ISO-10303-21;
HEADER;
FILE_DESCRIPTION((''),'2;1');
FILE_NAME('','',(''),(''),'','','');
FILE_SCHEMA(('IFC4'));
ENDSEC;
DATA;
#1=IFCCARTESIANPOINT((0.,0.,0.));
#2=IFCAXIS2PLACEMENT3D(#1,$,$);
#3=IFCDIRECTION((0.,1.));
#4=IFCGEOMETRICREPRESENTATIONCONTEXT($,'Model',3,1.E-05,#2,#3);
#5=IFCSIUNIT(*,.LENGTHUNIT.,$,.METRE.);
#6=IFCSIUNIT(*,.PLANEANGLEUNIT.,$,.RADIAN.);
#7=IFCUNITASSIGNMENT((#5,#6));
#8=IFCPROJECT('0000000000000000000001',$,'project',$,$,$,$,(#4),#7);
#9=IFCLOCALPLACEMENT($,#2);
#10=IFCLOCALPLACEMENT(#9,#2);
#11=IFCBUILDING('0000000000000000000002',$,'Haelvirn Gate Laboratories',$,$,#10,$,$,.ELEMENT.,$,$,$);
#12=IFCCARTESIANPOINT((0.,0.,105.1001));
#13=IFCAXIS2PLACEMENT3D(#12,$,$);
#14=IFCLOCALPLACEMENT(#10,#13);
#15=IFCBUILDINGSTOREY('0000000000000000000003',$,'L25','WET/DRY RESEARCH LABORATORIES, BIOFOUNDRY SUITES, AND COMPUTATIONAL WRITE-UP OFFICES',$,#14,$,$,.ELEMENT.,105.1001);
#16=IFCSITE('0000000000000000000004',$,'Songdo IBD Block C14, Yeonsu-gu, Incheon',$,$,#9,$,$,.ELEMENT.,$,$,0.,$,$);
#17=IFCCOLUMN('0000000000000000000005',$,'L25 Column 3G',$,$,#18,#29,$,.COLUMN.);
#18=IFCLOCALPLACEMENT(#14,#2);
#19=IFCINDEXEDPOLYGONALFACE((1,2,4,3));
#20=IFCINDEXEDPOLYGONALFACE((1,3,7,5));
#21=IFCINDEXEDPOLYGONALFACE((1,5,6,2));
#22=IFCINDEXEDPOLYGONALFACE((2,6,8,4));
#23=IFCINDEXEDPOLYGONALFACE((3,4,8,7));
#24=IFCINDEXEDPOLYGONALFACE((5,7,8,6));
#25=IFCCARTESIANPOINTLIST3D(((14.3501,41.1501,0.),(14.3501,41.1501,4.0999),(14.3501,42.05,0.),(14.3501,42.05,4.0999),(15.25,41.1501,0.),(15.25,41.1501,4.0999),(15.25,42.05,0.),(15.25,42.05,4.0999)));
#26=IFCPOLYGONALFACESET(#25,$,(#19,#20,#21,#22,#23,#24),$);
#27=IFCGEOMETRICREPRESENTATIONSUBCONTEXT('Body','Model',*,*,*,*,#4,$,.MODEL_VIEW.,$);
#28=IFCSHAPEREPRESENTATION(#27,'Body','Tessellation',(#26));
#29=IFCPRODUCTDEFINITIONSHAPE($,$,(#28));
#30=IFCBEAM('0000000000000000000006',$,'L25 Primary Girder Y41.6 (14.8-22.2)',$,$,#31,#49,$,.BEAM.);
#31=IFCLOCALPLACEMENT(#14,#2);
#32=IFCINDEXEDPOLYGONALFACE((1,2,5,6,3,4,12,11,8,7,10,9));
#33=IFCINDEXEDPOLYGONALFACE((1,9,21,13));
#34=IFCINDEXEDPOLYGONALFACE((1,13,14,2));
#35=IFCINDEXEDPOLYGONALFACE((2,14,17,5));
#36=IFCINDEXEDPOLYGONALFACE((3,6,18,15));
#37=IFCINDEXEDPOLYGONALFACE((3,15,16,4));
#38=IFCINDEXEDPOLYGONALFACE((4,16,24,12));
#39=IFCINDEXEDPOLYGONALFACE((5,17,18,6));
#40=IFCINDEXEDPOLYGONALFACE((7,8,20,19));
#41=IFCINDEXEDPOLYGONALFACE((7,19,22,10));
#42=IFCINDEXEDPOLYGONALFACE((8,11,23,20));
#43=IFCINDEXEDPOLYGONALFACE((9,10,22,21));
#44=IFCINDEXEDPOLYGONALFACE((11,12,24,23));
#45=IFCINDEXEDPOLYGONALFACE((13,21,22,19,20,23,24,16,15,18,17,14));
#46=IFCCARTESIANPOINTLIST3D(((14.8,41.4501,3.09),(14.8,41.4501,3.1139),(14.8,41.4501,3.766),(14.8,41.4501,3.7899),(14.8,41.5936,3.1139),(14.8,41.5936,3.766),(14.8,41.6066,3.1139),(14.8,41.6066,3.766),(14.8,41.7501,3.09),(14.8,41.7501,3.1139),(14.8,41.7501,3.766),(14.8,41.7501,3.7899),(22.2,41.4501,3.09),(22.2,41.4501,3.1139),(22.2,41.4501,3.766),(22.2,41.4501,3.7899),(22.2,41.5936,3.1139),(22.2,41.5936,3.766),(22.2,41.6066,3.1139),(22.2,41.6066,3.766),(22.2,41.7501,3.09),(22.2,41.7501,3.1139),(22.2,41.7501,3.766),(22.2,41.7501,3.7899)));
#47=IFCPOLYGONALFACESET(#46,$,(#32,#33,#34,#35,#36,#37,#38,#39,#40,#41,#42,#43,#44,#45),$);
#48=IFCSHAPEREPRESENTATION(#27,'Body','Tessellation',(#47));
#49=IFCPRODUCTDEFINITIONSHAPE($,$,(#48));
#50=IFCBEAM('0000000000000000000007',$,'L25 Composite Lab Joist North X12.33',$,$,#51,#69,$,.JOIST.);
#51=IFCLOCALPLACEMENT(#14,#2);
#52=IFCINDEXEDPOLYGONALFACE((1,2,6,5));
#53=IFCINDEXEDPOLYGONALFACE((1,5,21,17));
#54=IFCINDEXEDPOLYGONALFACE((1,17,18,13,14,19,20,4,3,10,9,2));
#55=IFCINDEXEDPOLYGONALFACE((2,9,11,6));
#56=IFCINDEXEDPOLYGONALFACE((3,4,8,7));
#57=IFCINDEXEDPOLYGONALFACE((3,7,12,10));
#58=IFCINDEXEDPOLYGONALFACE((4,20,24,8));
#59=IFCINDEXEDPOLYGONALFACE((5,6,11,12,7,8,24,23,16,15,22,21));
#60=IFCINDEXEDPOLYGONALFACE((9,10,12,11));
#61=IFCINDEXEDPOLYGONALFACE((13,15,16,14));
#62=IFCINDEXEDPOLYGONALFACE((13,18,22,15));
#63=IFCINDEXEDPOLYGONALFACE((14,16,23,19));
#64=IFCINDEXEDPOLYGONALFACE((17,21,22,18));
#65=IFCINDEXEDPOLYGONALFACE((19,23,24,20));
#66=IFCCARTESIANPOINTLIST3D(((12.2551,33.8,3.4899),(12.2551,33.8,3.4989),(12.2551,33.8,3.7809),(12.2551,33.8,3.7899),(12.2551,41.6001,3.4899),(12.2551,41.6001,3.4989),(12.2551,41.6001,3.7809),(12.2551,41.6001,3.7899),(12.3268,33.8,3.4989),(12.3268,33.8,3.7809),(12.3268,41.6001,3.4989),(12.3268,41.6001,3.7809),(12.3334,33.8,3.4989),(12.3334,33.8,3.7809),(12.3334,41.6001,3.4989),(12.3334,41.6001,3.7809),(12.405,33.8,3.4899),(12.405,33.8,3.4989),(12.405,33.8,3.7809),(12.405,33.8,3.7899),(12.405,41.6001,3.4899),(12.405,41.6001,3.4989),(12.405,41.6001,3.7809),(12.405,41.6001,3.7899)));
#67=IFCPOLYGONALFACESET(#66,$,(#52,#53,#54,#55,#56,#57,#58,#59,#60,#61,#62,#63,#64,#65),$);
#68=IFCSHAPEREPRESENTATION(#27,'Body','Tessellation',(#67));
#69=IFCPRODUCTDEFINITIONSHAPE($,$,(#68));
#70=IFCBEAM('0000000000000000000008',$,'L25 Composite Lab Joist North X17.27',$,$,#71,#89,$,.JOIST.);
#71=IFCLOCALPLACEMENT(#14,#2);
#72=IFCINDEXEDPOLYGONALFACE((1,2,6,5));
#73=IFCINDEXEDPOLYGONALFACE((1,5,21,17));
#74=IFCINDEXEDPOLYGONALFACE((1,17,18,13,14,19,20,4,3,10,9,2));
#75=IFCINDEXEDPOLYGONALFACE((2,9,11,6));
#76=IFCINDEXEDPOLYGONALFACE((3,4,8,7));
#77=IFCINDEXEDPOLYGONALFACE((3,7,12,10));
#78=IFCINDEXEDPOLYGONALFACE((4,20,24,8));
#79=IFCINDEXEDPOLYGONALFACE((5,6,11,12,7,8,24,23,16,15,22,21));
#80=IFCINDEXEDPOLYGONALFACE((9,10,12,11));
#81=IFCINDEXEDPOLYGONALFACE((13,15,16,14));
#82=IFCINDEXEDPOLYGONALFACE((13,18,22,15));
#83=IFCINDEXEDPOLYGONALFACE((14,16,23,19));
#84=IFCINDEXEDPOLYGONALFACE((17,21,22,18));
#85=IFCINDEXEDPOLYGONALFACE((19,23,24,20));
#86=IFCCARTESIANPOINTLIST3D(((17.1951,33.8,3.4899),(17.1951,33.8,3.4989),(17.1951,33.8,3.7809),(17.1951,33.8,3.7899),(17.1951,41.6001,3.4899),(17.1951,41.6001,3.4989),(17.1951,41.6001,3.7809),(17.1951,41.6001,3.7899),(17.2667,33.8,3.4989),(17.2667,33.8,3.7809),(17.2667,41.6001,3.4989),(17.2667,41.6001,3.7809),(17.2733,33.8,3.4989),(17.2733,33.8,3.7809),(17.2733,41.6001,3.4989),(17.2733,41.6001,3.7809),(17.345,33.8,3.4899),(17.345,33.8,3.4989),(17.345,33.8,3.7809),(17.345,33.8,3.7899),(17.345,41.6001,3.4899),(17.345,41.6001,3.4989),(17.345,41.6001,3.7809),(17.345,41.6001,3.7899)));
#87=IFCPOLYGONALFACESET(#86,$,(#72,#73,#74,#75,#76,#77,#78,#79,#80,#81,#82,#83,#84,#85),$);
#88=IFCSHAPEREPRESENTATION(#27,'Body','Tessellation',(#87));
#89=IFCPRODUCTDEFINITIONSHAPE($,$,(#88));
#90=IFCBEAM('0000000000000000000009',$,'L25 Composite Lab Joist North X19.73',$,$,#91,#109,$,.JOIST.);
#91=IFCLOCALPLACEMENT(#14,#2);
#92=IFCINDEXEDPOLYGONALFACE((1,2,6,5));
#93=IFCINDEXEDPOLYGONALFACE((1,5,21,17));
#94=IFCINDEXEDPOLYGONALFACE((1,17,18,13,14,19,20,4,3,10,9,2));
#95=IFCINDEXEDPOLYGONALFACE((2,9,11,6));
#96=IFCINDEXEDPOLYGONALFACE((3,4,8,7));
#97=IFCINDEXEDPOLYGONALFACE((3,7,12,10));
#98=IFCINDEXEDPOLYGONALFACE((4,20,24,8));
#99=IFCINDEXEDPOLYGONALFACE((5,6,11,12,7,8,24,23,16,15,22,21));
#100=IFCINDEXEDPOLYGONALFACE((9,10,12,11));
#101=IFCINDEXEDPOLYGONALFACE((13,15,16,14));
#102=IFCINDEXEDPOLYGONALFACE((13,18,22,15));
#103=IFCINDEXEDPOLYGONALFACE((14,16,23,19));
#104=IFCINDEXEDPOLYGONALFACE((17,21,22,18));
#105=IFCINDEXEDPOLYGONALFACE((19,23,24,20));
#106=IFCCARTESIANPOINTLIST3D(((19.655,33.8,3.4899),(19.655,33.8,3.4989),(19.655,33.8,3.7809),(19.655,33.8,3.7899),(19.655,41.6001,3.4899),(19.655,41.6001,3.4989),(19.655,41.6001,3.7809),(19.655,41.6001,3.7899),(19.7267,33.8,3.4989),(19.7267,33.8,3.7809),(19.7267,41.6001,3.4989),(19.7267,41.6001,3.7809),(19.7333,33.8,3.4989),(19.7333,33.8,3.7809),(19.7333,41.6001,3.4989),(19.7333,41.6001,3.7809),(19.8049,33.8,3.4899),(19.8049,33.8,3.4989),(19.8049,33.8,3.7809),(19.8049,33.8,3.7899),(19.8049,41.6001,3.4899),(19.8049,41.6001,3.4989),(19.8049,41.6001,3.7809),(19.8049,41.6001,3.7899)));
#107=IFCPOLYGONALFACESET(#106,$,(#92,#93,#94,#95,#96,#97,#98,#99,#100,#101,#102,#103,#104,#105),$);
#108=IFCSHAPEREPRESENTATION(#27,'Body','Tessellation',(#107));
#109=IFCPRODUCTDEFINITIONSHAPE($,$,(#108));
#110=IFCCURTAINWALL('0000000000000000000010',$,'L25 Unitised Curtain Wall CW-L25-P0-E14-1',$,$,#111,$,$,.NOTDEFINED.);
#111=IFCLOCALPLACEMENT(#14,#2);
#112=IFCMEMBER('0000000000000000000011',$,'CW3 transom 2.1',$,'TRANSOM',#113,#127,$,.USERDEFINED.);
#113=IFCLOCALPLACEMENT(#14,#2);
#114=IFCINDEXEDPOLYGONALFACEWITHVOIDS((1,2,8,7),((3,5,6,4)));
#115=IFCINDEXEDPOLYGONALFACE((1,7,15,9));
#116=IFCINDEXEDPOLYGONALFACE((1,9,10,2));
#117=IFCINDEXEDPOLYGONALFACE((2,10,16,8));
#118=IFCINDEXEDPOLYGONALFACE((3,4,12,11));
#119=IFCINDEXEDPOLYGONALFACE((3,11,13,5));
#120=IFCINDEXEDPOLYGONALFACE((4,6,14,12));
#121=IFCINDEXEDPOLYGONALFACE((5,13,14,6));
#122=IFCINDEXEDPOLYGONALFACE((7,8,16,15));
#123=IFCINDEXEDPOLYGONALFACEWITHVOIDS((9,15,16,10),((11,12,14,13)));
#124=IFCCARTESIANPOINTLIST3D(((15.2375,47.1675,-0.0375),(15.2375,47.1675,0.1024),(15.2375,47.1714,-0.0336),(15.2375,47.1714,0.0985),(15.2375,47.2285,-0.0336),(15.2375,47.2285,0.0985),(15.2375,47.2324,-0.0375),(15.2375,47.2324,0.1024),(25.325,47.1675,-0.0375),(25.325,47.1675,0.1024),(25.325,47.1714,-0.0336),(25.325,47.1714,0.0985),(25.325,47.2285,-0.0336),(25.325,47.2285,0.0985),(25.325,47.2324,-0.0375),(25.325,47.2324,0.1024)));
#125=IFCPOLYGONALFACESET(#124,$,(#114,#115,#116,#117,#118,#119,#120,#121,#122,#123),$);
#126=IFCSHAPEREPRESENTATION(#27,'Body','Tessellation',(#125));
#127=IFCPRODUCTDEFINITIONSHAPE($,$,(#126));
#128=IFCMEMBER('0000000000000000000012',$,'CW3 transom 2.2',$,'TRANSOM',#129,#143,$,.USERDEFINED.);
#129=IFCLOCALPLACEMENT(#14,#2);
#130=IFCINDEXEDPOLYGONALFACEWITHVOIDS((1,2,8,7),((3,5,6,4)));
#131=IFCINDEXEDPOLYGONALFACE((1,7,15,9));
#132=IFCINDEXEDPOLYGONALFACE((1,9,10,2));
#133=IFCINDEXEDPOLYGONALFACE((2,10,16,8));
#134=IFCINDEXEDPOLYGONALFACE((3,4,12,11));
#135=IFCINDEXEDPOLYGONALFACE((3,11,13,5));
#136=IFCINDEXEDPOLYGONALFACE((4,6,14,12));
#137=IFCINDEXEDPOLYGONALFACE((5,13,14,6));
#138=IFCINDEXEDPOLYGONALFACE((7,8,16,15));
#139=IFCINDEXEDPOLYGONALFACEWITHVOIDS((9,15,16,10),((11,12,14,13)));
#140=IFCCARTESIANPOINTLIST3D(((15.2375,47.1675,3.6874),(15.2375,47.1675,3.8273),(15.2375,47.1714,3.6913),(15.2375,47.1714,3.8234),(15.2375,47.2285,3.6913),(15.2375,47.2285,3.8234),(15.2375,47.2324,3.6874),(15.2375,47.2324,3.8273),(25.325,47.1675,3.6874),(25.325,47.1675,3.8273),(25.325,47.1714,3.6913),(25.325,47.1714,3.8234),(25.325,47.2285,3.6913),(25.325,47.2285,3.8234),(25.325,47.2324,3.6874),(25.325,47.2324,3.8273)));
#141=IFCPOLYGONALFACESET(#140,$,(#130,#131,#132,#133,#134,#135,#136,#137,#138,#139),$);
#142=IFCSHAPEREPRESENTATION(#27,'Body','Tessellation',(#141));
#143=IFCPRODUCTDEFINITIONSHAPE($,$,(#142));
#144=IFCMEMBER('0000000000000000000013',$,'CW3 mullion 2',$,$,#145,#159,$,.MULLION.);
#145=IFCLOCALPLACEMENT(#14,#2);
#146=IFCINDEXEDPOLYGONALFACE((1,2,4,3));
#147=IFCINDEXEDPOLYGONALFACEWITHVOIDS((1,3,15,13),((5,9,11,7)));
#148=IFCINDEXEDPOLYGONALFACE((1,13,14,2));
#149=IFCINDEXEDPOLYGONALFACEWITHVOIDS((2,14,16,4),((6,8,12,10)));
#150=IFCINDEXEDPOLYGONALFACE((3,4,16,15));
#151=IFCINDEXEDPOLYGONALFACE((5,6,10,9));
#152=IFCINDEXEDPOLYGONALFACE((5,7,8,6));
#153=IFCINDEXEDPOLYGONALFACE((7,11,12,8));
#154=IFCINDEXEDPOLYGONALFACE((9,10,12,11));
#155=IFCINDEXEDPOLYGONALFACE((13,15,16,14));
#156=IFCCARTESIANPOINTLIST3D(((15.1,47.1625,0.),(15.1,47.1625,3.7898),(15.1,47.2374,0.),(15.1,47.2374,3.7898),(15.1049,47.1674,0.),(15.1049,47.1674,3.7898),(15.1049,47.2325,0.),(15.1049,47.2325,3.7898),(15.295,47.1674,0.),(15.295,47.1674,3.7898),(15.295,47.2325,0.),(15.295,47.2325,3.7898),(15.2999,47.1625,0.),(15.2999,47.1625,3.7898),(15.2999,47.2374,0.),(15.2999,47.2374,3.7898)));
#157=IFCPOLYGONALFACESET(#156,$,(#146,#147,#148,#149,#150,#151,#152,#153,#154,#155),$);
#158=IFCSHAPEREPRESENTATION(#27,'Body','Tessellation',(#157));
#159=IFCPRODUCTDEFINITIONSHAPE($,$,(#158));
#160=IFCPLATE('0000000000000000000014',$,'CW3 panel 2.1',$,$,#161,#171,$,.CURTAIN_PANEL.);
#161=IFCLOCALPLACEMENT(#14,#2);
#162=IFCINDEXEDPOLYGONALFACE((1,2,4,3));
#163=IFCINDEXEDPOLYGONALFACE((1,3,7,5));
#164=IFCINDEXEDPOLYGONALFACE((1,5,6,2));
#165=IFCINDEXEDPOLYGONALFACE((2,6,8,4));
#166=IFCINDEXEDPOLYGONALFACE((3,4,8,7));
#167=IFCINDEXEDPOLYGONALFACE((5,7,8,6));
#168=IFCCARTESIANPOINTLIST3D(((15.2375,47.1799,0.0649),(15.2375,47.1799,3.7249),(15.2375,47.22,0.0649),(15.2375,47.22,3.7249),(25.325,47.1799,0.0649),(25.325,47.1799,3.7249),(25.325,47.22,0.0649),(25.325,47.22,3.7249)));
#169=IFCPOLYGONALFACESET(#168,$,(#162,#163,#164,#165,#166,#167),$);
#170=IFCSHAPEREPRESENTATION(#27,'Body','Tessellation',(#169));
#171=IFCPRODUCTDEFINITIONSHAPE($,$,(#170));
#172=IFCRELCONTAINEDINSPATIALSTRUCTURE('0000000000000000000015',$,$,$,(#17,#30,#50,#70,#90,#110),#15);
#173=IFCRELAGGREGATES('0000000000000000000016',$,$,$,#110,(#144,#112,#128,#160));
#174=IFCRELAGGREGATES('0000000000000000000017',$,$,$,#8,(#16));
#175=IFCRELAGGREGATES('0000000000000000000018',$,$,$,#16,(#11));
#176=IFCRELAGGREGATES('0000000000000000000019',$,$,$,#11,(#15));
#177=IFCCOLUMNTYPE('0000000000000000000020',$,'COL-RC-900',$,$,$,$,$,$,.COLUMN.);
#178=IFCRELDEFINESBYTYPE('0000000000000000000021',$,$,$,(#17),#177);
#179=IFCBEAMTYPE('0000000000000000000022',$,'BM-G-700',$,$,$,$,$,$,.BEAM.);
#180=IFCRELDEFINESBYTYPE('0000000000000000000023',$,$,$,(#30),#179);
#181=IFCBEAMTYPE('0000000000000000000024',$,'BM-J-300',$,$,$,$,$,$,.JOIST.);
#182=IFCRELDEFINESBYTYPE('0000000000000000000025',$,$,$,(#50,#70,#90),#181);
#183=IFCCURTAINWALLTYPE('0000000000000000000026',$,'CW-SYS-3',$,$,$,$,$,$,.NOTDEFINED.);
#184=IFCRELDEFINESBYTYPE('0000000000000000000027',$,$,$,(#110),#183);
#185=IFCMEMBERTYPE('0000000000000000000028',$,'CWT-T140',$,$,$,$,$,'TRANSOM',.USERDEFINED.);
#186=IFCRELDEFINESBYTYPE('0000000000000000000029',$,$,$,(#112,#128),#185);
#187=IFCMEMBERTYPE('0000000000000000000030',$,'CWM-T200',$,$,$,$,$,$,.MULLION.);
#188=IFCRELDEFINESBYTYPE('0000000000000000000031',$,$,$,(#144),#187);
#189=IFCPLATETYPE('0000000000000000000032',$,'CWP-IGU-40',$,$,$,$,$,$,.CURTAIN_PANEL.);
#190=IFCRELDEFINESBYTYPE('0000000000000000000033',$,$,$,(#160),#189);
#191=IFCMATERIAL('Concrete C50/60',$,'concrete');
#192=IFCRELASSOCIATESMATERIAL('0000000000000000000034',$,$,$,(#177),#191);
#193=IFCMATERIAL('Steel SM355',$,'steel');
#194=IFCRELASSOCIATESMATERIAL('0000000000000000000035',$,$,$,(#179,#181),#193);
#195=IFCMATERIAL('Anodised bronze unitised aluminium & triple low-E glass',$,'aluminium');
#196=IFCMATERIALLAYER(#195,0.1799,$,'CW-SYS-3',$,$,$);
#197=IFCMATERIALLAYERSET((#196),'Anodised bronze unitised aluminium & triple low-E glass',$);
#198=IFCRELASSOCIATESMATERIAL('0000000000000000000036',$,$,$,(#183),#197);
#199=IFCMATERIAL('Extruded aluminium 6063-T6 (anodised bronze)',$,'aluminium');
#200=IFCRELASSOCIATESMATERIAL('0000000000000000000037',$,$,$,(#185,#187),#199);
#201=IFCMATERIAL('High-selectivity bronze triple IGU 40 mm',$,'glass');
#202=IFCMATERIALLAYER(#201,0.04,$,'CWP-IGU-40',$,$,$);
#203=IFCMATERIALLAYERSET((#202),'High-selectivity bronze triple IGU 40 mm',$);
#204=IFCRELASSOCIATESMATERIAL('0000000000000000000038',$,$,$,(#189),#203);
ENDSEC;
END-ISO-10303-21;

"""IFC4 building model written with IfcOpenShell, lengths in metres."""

from ifc_helpers import new_model, si_unit, direction, frame, origin, origin_2d, place, context, subcontext, project, spatial, rectangle, hollow_rectangle, i_section, extrude, source, transform, mapped, material, layer, layer_set, material_profile, profile_set, type_object, type_shapes, element, aggregate, save


model = new_model("IFC4")

# Units and contexts
model_context = context("Model", 3, precision=1e-05, world=origin(), true_north=direction((0.0, 1.0)))
body_context = subcontext(model_context, "Body", "Model", "MODEL_VIEW")
ifc_project = project(units=[si_unit("LENGTHUNIT", "METRE"), si_unit("PLANEANGLEUNIT", "RADIAN")], contexts=[model_context])

# Site, building, storey
site_placement = place(None, origin())
site = spatial("IfcSite", under=ifc_project, at=site_placement, Name="Songdo IBD Block C14, Yeonsu-gu, Incheon", CompositionType="ELEMENT", RefElevation=0.0)
building_placement = place(site_placement, origin())
building = spatial("IfcBuilding", under=site, at=building_placement, Name="Haelvirn Gate Laboratories", CompositionType="ELEMENT")
storey_placement = place(building_placement, frame((0.0, 0.0, 105.1001)))
storey = spatial("IfcBuildingStorey", under=building, at=storey_placement, Name="L25", Description="WET/DRY RESEARCH LABORATORIES, BIOFOUNDRY SUITES, AND COMPUTATIONAL WRITE-UP OFFICES", CompositionType="ELEMENT", Elevation=105.1001)

# Column
ifc_material_1 = material(Name="Concrete C50/60", Category="concrete")
ifc_material_profile_1 = material_profile(ifc_material_1, rectangle(XDim=0.8999, YDim=0.8999, at=origin_2d()), Name="RC-900x900")
ifc_profile_set_1 = profile_set([ifc_material_profile_1], Name="Concrete C50/60")
column_type = type_object("IfcColumnType", Name="COL-RC-900", PredefinedType="COLUMN", material=ifc_profile_set_1)
shared_shape_1 = source(origin(), body_context, "Body", "SweptSolid", [
    extrude(rectangle(XDim=0.8999, YDim=0.8999, at=origin_2d()), origin(), (0.0, 0.0, 1.0), 4.0999),
])
type_shapes(column_type, [shared_shape_1])
column_placement = place(storey_placement, frame((14.8, 41.6001, 0.0), z_axis=(0.0, 0.0, 1.0), x_axis=(1.0, 0.0, 0.0)))
element("IfcColumn", 1, at=column_placement, inside=storey, type_object=column_type, Name="L25 Column 3G", PredefinedType="COLUMN", context=body_context, shape_type="MappedRepresentation", body=[
    mapped(shared_shape_1, transform((0.0, 0.0, 0.0), scale=1.0)),
])

# Beams
ifc_material_2 = material(Name="Steel SM355", Category="steel")
ifc_material_profile_2 = material_profile(ifc_material_2, i_section(OverallWidth=0.3, OverallDepth=0.7, WebThickness=0.0129, FlangeThickness=0.0239, at=origin_2d()), Name="H-700x300x13x24")
ifc_profile_set_2 = profile_set([ifc_material_profile_2], Name="Steel SM355")
beam_type_1 = type_object("IfcBeamType", Name="BM-G-700", PredefinedType="BEAM", material=ifc_profile_set_2)
shared_shape_2 = source(origin(), body_context, "Body", "SweptSolid", [
    extrude(i_section(OverallWidth=0.3, OverallDepth=0.7, WebThickness=0.0129, FlangeThickness=0.0239, at=origin_2d()), origin(), (0.0, 0.0, 1.0), 7.3999),
])
type_shapes(beam_type_1, [shared_shape_2])
beam_placement = place(storey_placement, frame((14.8, 41.6001, 3.4399), z_axis=(1.0, 0.0, 0.0), x_axis=(0.0, 1.0, 0.0)))
element("IfcBeam", 2, at=beam_placement, inside=storey, type_object=beam_type_1, Name="L25 Primary Girder Y41.6 (14.8-22.2)", PredefinedType="BEAM", context=body_context, shape_type="MappedRepresentation", body=[
    mapped(shared_shape_2, transform((0.0, 0.0, 0.0), scale=1.0)),
])
ifc_material_profile_3 = material_profile(ifc_material_2, i_section(OverallWidth=0.1499, OverallDepth=0.3, WebThickness=0.0066, FlangeThickness=0.009, at=origin_2d()), Name="H-300x150x6.5x9")
ifc_profile_set_3 = profile_set([ifc_material_profile_3], Name="Steel SM355")
beam_type_2 = type_object("IfcBeamType", Name="BM-J-300", PredefinedType="JOIST", material=ifc_profile_set_3)
shared_shape_3 = source(origin(), body_context, "Body", "SweptSolid", [
    extrude(i_section(OverallWidth=0.1499, OverallDepth=0.3, WebThickness=0.0066, FlangeThickness=0.009, at=origin_2d()), origin(), (0.0, 0.0, 1.0), 7.8),
])
type_shapes(beam_type_2, [shared_shape_3])
for number, where, z_axis, x_axis, name in (
    (3, (12.3301, 33.8, 3.6399), (0.0, 1.0, 0.0), (-1.0, 0.0, 0.0), "L25 Composite Lab Joist North X12.33"),
    (4, (17.27, 33.8, 3.6399), (0.0, 1.0, 0.0), (-1.0, 0.0, 0.0), "L25 Composite Lab Joist North X17.27"),
    (5, (19.73, 33.8, 3.6399), (0.0, 1.0, 0.0), (-1.0, 0.0, 0.0), "L25 Composite Lab Joist North X19.73"),
):
    element("IfcBeam", number, at=place(storey_placement, frame(where, z_axis=z_axis, x_axis=x_axis)), inside=storey, type_object=beam_type_2, Name=name, PredefinedType="JOIST", context=body_context, shape_type="MappedRepresentation", body=[
        mapped(shared_shape_3, transform((0.0, 0.0, 0.0), scale=1.0)),
    ])

# Curtain wall, members, plate
ifc_material_3 = material(Name="Anodised bronze unitised aluminium & triple low-E glass", Category="aluminium")
ifc_layer_1 = layer(ifc_material_3, 0.1799, Name="CW-SYS-3")
ifc_layer_set_1 = layer_set([ifc_layer_1], Name="Anodised bronze unitised aluminium & triple low-E glass")
curtain_wall_type = type_object("IfcCurtainWallType", Name="CW-SYS-3", PredefinedType="NOTDEFINED", material=ifc_layer_set_1)
curtain_wall_placement = place(storey_placement, origin())
curtain_wall = element("IfcCurtainWall", 6, at=curtain_wall_placement, inside=storey, type_object=curtain_wall_type, Name="L25 Unitised Curtain Wall CW-L25-P0-E14-1", PredefinedType="NOTDEFINED")
ifc_material_4 = material(Name="Extruded aluminium 6063-T6 (anodised bronze)", Category="aluminium")
ifc_material_profile_4 = material_profile(ifc_material_4, hollow_rectangle(XDim=0.0649, YDim=0.1399, WallThickness=0.0039, at=origin_2d()), Name="CWT-140x65x4")
ifc_profile_set_4 = profile_set([ifc_material_profile_4], Name="Extruded aluminium 6063-T6 (anodised bronze)")
member_type_1 = type_object("IfcMemberType", Name="CWT-T140", ElementType="TRANSOM", PredefinedType="USERDEFINED", material=ifc_profile_set_4)
shared_shape_4 = source(origin(), body_context, "Body", "SweptSolid", [
    extrude(hollow_rectangle(XDim=0.0649, YDim=0.1399, WallThickness=0.0039, at=origin_2d()), origin(), (0.0, 0.0, 1.0), 10.0874),
])
type_shapes(member_type_1, [shared_shape_4])
member_1_placement = place(storey_placement, frame((15.2375, 47.2, 0.0325), z_axis=(1.0, 0.0, 0.0), x_axis=(0.0, 1.0, 0.0)))
member_1 = element("IfcMember", 7, at=member_1_placement, type_object=member_type_1, Name="CW3 transom 2.1", ObjectType="TRANSOM", PredefinedType="USERDEFINED", context=body_context, shape_type="MappedRepresentation", body=[
    mapped(shared_shape_4, transform((0.0, 0.0, 0.0), scale=1.0)),
])
member_2_placement = place(storey_placement, frame((15.2375, 47.2, 3.7573), z_axis=(1.0, 0.0, 0.0), x_axis=(0.0, 1.0, 0.0)))
member_2 = element("IfcMember", 8, at=member_2_placement, type_object=member_type_1, Name="CW3 transom 2.2", ObjectType="TRANSOM", PredefinedType="USERDEFINED", context=body_context, shape_type="MappedRepresentation", body=[
    mapped(shared_shape_4, transform((0.0, 0.0, 0.0), scale=1.0)),
])
ifc_material_profile_5 = material_profile(ifc_material_4, hollow_rectangle(XDim=0.075, YDim=0.2, WallThickness=0.0049, at=origin_2d()), Name="CWM-200x75x5")
ifc_profile_set_5 = profile_set([ifc_material_profile_5], Name="Extruded aluminium 6063-T6 (anodised bronze)")
member_type_2 = type_object("IfcMemberType", Name="CWM-T200", PredefinedType="MULLION", material=ifc_profile_set_5)
shared_shape_5 = source(origin(), body_context, "Body", "SweptSolid", [
    extrude(hollow_rectangle(XDim=0.075, YDim=0.2, WallThickness=0.0049, at=origin_2d()), origin(), (0.0, 0.0, 1.0), 3.7898),
])
type_shapes(member_type_2, [shared_shape_5])
member_3_placement = place(storey_placement, frame((15.2, 47.2, 0.0), z_axis=(0.0, 0.0, 1.0), x_axis=(0.0, 1.0, 0.0)))
member_3 = element("IfcMember", 9, at=member_3_placement, type_object=member_type_2, Name="CW3 mullion 2", PredefinedType="MULLION", context=body_context, shape_type="MappedRepresentation", body=[
    mapped(shared_shape_5, transform((0.0, 0.0, 0.0), scale=1.0)),
])
ifc_material_5 = material(Name="High-selectivity bronze triple IGU 40 mm", Category="glass")
ifc_layer_2 = layer(ifc_material_5, 0.04, Name="CWP-IGU-40")
ifc_layer_set_2 = layer_set([ifc_layer_2], Name="High-selectivity bronze triple IGU 40 mm")
plate_type = type_object("IfcPlateType", Name="CWP-IGU-40", PredefinedType="CURTAIN_PANEL", material=ifc_layer_set_2)
shared_shape_6 = source(origin(), body_context, "Body", "SweptSolid", [
    extrude(rectangle(XDim=10.0874, YDim=0.04, at=origin_2d()), origin(), (0.0, 0.0, 1.0), 3.6599),
])
type_shapes(plate_type, [shared_shape_6])
plate_placement = place(storey_placement, frame((20.2812, 47.2, 0.0649), z_axis=(0.0, 0.0, 1.0), x_axis=(1.0, 0.0, 0.0)))
plate = element("IfcPlate", 10, at=plate_placement, type_object=plate_type, Name="CW3 panel 2.1", PredefinedType="CURTAIN_PANEL", context=body_context, shape_type="MappedRepresentation", body=[
    mapped(shared_shape_6, transform((0.0, 0.0, 0.0), scale=1.0)),
])
aggregate(curtain_wall, [member_3, member_1, member_2, plate])

save(model, "model.ifc")
